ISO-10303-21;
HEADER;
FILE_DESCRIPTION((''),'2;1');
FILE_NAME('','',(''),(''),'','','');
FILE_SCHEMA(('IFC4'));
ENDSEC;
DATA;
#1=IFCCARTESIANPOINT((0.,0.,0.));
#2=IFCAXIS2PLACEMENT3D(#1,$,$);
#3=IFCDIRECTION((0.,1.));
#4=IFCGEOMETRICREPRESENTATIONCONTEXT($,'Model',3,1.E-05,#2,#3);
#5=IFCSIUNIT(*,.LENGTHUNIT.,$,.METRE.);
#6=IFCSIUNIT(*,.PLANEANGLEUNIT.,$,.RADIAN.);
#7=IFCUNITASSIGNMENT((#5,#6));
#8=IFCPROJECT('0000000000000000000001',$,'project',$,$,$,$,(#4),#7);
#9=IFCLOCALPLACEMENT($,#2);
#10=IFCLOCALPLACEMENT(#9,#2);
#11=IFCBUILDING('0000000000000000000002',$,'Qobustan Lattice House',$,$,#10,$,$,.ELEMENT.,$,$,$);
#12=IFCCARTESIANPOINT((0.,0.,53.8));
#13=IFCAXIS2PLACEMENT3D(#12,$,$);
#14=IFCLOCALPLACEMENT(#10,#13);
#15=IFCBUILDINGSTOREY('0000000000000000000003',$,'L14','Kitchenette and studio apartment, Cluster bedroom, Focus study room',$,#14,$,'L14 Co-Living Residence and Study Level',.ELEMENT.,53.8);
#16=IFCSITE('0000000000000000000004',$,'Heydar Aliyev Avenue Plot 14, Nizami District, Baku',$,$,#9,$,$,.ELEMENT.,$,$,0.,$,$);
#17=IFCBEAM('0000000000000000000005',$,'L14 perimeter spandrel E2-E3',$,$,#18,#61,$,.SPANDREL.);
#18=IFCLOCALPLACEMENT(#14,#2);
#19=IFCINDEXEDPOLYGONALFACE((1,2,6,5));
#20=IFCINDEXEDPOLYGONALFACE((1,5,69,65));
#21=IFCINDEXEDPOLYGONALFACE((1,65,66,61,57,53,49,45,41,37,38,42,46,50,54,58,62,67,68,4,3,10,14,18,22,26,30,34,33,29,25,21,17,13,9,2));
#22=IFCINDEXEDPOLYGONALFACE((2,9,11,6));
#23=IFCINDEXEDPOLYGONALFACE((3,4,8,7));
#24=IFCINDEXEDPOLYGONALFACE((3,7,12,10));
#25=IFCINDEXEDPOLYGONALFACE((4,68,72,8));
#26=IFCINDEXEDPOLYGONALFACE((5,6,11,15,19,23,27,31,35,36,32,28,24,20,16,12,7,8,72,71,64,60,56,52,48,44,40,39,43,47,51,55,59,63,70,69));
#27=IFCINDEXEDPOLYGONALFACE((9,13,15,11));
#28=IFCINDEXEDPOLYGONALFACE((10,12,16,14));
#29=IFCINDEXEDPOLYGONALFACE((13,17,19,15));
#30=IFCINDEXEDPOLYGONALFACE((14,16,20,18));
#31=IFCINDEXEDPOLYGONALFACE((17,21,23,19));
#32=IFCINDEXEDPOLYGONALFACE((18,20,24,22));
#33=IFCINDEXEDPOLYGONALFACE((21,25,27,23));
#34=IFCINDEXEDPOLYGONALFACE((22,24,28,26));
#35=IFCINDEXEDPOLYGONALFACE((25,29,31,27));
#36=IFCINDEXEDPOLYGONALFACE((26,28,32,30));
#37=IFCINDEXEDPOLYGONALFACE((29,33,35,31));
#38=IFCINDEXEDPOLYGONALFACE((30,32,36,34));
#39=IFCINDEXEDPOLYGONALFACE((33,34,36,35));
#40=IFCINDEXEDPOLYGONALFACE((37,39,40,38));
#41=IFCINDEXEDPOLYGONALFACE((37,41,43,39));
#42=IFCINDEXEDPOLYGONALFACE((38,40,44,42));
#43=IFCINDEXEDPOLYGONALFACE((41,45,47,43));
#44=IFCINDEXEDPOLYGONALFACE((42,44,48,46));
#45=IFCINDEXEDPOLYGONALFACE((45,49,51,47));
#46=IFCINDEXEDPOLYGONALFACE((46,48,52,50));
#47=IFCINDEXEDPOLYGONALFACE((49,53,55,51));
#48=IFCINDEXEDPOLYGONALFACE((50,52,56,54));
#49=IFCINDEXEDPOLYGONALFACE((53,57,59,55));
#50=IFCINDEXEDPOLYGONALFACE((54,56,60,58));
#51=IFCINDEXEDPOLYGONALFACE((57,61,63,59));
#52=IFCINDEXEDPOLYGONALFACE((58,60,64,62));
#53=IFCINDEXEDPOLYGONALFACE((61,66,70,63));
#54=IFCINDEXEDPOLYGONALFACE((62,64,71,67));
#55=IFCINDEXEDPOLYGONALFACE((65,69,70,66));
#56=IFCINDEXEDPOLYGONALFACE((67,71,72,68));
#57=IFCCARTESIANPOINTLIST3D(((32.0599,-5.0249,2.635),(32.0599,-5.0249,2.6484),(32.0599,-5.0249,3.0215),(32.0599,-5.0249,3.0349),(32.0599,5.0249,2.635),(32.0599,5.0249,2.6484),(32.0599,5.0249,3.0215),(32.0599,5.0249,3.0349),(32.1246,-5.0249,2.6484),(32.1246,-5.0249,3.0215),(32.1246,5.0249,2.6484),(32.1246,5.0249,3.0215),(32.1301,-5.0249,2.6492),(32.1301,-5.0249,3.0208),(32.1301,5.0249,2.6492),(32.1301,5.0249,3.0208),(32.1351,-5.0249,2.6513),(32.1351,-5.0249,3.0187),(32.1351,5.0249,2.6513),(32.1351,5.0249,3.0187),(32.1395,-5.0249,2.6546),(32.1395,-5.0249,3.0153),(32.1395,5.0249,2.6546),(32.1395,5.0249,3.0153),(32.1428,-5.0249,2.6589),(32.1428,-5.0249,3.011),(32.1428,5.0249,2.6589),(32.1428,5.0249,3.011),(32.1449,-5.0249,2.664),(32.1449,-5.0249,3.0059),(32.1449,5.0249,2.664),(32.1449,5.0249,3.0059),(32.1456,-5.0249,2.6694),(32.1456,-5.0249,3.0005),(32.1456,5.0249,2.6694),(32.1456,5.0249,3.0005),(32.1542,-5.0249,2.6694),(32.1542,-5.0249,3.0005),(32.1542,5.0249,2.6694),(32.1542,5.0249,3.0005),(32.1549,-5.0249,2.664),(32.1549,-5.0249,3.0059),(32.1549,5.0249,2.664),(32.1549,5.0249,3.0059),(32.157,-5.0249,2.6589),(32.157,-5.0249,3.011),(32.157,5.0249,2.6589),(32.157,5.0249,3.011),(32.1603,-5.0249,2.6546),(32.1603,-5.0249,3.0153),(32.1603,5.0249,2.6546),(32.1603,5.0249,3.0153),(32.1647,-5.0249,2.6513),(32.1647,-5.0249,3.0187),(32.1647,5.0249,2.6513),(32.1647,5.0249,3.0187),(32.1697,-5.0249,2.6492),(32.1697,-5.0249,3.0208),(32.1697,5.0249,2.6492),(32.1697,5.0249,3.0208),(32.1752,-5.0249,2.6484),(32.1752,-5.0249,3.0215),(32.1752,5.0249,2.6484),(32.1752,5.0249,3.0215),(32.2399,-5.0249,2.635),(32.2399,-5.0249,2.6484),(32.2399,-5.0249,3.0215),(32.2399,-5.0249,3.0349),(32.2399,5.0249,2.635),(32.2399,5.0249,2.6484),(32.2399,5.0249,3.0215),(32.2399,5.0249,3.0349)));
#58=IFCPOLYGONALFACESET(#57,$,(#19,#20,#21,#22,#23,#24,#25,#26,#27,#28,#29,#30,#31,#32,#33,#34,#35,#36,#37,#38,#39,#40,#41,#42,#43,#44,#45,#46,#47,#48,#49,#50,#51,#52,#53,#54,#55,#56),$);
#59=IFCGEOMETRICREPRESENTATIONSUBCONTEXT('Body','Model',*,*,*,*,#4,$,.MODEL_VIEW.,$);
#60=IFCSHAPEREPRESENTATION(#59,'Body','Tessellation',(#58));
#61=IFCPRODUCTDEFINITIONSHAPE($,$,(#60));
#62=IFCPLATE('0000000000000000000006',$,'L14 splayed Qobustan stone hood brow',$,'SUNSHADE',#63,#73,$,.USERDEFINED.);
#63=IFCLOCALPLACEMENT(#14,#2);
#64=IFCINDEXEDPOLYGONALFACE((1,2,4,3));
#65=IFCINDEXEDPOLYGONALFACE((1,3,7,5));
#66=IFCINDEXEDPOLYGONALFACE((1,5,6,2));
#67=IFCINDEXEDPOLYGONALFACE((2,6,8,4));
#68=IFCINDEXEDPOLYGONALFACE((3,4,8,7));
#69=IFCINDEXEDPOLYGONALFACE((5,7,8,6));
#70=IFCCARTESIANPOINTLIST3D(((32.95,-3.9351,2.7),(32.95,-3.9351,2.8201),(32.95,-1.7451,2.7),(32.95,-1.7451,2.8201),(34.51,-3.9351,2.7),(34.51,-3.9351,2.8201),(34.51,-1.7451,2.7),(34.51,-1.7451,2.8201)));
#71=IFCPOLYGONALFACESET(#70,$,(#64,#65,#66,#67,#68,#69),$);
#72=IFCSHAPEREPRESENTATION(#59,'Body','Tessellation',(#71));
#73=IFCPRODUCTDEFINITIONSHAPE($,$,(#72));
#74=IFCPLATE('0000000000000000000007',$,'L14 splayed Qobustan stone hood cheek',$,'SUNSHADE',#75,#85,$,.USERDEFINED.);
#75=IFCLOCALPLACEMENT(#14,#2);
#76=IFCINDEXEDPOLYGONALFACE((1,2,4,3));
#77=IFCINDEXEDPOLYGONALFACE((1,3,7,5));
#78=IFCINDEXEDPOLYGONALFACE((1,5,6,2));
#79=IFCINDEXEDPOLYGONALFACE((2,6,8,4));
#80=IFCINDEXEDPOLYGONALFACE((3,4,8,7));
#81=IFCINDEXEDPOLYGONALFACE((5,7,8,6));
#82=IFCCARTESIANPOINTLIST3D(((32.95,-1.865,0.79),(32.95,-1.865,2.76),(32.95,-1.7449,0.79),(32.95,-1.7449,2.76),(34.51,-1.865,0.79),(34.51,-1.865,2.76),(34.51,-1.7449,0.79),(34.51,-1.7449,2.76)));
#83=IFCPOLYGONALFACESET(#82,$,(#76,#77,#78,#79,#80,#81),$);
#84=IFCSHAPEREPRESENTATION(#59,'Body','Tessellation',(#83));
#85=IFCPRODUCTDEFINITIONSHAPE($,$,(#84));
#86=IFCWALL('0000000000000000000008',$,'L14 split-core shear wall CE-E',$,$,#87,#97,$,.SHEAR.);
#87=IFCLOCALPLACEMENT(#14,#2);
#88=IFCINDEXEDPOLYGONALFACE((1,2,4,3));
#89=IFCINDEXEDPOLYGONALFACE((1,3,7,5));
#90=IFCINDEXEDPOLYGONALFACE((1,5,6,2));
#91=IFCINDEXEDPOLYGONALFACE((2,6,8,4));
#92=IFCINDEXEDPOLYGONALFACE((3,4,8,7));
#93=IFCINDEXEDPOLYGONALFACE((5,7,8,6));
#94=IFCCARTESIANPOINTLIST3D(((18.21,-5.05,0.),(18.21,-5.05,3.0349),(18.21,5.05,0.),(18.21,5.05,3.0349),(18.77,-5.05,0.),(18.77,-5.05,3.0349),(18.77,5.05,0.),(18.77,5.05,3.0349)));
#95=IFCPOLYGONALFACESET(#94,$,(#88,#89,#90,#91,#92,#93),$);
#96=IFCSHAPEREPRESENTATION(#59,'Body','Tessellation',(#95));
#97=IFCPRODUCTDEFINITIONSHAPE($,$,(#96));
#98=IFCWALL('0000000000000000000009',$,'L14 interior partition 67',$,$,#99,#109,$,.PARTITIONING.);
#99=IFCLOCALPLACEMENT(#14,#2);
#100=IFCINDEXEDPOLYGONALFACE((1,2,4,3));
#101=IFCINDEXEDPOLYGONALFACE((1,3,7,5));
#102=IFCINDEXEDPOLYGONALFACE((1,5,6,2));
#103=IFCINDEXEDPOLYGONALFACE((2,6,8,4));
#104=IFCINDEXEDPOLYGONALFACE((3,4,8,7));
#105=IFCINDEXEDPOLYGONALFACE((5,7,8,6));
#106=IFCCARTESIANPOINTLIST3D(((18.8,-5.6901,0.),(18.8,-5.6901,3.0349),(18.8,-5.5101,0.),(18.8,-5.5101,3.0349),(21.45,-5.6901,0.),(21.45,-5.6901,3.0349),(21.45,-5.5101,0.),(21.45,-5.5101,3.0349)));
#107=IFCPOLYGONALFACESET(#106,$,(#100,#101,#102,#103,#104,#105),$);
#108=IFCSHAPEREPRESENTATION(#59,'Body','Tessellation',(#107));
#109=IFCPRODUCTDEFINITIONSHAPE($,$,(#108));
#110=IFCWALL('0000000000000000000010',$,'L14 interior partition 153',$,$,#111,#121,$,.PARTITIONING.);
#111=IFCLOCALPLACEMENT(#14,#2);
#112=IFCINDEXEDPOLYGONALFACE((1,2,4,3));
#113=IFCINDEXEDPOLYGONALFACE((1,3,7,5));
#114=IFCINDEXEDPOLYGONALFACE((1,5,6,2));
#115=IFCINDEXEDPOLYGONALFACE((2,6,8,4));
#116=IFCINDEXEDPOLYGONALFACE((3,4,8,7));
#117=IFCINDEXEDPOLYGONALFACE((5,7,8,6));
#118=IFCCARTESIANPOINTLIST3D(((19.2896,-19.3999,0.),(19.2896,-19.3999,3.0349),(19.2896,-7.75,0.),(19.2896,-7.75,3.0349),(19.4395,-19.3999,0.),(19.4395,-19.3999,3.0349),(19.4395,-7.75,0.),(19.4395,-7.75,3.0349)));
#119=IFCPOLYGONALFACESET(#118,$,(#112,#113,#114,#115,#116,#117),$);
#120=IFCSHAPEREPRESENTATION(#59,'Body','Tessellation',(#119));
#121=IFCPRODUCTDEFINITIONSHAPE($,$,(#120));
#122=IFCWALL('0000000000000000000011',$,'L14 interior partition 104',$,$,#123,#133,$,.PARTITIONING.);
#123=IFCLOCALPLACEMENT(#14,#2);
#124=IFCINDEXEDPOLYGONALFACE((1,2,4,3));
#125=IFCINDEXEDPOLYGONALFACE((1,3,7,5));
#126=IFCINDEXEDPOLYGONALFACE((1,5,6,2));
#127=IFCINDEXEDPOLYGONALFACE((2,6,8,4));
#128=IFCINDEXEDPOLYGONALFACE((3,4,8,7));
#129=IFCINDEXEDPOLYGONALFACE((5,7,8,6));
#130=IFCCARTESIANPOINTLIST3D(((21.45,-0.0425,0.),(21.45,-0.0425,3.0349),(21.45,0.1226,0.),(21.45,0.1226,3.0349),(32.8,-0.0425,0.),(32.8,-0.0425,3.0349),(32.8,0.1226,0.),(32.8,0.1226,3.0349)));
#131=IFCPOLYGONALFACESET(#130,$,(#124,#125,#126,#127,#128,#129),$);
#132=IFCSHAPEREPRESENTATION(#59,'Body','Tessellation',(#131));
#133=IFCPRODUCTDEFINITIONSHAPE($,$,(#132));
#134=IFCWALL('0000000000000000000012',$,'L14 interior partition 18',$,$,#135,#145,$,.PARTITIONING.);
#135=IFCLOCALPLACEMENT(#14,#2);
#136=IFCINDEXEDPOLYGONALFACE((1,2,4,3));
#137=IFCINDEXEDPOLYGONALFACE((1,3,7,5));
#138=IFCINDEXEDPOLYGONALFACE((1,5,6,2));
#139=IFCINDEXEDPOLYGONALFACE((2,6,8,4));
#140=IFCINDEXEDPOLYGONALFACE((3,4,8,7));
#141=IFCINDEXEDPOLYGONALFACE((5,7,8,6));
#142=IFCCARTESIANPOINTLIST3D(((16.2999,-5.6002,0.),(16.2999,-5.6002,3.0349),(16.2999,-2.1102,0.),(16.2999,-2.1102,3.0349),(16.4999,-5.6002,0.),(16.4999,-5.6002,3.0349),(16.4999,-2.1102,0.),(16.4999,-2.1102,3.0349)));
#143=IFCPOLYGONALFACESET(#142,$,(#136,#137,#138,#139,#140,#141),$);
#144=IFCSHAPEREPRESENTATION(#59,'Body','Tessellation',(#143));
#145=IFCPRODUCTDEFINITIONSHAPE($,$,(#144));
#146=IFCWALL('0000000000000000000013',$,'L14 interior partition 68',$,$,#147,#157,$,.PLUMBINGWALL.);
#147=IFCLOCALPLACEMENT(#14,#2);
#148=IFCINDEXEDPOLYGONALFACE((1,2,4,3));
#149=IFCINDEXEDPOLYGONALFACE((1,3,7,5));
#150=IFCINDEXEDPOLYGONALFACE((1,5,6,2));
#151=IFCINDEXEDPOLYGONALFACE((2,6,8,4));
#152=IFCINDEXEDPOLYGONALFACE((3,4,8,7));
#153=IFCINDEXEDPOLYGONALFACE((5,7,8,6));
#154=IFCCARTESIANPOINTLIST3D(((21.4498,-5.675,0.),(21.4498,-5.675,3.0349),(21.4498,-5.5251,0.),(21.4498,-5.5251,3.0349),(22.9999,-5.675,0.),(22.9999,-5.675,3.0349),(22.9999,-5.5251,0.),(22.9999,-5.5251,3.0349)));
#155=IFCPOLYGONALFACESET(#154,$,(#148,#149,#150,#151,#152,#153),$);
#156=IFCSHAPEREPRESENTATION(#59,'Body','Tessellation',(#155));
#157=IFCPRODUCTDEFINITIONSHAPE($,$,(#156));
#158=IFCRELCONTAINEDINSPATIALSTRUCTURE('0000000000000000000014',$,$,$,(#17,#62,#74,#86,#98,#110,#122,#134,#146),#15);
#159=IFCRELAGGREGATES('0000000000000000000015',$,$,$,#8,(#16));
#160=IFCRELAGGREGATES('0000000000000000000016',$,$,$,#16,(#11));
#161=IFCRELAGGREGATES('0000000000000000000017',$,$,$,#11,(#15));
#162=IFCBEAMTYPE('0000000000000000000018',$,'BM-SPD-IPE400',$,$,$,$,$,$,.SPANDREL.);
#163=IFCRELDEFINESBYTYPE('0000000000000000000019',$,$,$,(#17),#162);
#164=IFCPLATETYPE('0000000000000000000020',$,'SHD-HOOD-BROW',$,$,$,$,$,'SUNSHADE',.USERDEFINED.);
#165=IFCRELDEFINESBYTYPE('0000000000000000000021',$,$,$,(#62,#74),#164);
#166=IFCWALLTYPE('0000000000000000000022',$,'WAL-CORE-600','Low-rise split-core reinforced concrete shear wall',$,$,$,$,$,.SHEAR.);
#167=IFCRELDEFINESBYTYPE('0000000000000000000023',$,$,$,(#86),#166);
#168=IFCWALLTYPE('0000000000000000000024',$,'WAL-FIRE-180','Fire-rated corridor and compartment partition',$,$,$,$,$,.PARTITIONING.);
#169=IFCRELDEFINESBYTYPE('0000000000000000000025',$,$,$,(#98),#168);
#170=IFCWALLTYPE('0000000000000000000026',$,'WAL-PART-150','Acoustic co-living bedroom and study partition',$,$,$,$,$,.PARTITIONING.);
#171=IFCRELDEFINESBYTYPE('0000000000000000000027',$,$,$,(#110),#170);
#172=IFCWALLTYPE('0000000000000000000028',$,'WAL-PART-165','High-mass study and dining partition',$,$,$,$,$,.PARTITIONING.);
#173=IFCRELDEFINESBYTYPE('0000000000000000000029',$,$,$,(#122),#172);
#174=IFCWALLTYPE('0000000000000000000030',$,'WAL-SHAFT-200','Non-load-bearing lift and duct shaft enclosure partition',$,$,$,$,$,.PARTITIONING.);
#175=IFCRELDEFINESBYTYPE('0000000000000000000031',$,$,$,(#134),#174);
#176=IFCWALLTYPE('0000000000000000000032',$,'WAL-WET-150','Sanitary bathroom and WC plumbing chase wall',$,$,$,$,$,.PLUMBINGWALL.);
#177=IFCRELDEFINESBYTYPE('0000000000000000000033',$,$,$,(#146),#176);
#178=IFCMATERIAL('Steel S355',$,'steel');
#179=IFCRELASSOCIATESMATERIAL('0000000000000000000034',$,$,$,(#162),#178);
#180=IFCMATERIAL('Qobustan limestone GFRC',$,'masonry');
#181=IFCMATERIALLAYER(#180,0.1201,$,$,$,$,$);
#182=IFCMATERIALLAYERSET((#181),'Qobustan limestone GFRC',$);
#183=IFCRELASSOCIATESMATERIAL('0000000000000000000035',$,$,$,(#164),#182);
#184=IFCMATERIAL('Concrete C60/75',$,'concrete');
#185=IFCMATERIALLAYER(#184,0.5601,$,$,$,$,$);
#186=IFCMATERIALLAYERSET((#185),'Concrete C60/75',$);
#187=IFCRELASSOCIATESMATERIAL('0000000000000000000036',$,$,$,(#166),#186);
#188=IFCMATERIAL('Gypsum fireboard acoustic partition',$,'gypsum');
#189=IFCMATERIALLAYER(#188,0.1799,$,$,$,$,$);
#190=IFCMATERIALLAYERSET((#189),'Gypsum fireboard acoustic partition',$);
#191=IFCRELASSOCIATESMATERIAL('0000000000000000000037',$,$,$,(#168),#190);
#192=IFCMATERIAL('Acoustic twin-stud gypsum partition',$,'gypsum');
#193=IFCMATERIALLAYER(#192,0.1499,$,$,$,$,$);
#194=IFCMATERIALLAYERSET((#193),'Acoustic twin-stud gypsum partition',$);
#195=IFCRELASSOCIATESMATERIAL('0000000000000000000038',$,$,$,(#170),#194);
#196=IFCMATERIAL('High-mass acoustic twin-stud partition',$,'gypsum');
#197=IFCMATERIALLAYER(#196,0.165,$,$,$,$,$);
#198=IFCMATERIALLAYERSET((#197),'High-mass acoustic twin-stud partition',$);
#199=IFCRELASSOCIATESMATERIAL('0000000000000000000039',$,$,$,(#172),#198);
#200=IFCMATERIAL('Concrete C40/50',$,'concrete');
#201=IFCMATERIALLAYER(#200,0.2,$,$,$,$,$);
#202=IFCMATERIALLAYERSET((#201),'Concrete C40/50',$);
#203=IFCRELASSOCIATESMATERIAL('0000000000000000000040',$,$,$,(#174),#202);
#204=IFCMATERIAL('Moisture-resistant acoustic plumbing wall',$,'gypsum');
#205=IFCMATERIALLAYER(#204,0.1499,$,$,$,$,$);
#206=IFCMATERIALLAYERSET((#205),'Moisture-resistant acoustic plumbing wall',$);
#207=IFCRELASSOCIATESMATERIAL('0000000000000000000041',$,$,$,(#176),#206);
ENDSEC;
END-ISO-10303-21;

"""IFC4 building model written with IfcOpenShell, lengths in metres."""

from ifc_helpers import new_model, si_unit, direction, frame, frame_2d, origin, origin_2d, place, context, subcontext, project, spatial, rectangle, i_section, extrude, material, layer, layer_set, material_profile, profile_set, type_object, element, save


model = new_model("IFC4")

# Units and contexts
model_context = context("Model", 3, precision=1e-05, world=origin(), true_north=direction((0.0, 1.0)))
body_context = subcontext(model_context, "Body", "Model", "MODEL_VIEW")
ifc_project = project(units=[si_unit("LENGTHUNIT", "METRE"), si_unit("PLANEANGLEUNIT", "RADIAN")], contexts=[model_context])

# Site, building, storey
site_placement = place(None, origin())
site = spatial("IfcSite", under=ifc_project, at=site_placement, Name="Heydar Aliyev Avenue Plot 14, Nizami District, Baku", CompositionType="ELEMENT", RefElevation=0.0)
building_placement = place(site_placement, origin())
building = spatial("IfcBuilding", under=site, at=building_placement, Name="Qobustan Lattice House", CompositionType="ELEMENT")
storey_placement = place(building_placement, frame((0.0, 0.0, 53.8)))
storey = spatial("IfcBuildingStorey", under=building, at=storey_placement, Name="L14", Description="Kitchenette and studio apartment, Cluster bedroom, Focus study room", LongName="L14 Co-Living Residence and Study Level", CompositionType="ELEMENT", Elevation=53.8)

# Beam
ifc_material_1 = material(Name="Steel S355", Category="steel")
ifc_material_profile_1 = material_profile(ifc_material_1, i_section(OverallWidth=0.1799, OverallDepth=0.3999, WebThickness=0.0085, FlangeThickness=0.0134, FilletRadius=0.021, at=origin_2d()), Name="IPE400")
ifc_profile_set_1 = profile_set([ifc_material_profile_1], Name="Steel S355")
beam_type_1 = type_object("IfcBeamType", Name="BM-SPD-IPE400", PredefinedType="SPANDREL", material=ifc_profile_set_1)
beam_1_placement = place(storey_placement, frame((32.1499, -5.0249, 2.835), z_axis=(0.0, 1.0, 0.0), x_axis=(-1.0, 0.0, 0.0)))
element("IfcBeam", 1, at=beam_1_placement, inside=storey, type_object=beam_type_1, Name="L14 perimeter spandrel E2-E3", PredefinedType="SPANDREL", context=body_context, shape_type="SweptSolid", body=[
    extrude(i_section(OverallWidth=0.1799, OverallDepth=0.3999, WebThickness=0.0085, FlangeThickness=0.0134, FilletRadius=0.021, at=origin_2d()), origin(), (0.0, 0.0, 1.0), 10.0498),
])

# Plates
ifc_material_2 = material(Name="Qobustan limestone GFRC", Category="masonry")
ifc_layer_1 = layer(ifc_material_2, 0.1201)
ifc_layer_set_1 = layer_set([ifc_layer_1], Name="Qobustan limestone GFRC")
plate_type = type_object("IfcPlateType", Name="SHD-HOOD-BROW", ElementType="SUNSHADE", PredefinedType="USERDEFINED", material=ifc_layer_set_1)
plate_1_placement = place(storey_placement, frame((33.73, -2.8401, 2.7), z_axis=(0.0, 0.0, 1.0), x_axis=(0.0, -1.0, 0.0)))
element("IfcPlate", 2, at=plate_1_placement, inside=storey, type_object=plate_type, Name="L14 splayed Qobustan stone hood brow", ObjectType="SUNSHADE", PredefinedType="USERDEFINED", context=body_context, shape_type="SweptSolid", body=[
    extrude(rectangle(XDim=2.1899, YDim=1.5601, at=origin_2d()), origin(), (0.0, 0.0, 1.0), 0.1201),
])
plate_2_placement = place(storey_placement, frame((33.73, -1.8049, 0.79), z_axis=(0.0, 0.0, 1.0), x_axis=(0.0, -1.0, 0.0)))
element("IfcPlate", 3, at=plate_2_placement, inside=storey, type_object=plate_type, Name="L14 splayed Qobustan stone hood cheek", ObjectType="SUNSHADE", PredefinedType="USERDEFINED", context=body_context, shape_type="SweptSolid", body=[
    extrude(rectangle(XDim=0.1201, YDim=1.5601, at=origin_2d()), origin(), (0.0, 0.0, 1.0), 1.97),
])

# Walls
ifc_material_3 = material(Name="Concrete C60/75", Category="concrete")
ifc_layer_2 = layer(ifc_material_3, 0.5601)
ifc_layer_set_2 = layer_set([ifc_layer_2], Name="Concrete C60/75")
wall_type_1 = type_object("IfcWallType", Name="WAL-CORE-600", Description="Low-rise split-core reinforced concrete shear wall", PredefinedType="SHEAR", material=ifc_layer_set_2)
wall_1_placement = place(storey_placement, frame((18.49, -5.05, 0.0), z_axis=(0.0, 0.0, 1.0), x_axis=(0.0, 1.0, 0.0)))
element("IfcWall", 4, at=wall_1_placement, inside=storey, type_object=wall_type_1, Name="L14 split-core shear wall CE-E", PredefinedType="SHEAR", context=body_context, shape_type="SweptSolid", body=[
    extrude(rectangle(XDim=10.1001, YDim=0.5601, at=frame_2d((5.05, 0.0))), origin(), (0.0, 0.0, 1.0), 3.0349),
])
ifc_material_4 = material(Name="Gypsum fireboard acoustic partition", Category="gypsum")
ifc_layer_3 = layer(ifc_material_4, 0.1799)
ifc_layer_set_3 = layer_set([ifc_layer_3], Name="Gypsum fireboard acoustic partition")
wall_type_2 = type_object("IfcWallType", Name="WAL-FIRE-180", Description="Fire-rated corridor and compartment partition", PredefinedType="PARTITIONING", material=ifc_layer_set_3)
wall_2_placement = place(storey_placement, frame((18.8, -5.6001, 0.0), z_axis=(0.0, 0.0, 1.0), x_axis=(1.0, 0.0, 0.0)))
element("IfcWall", 5, at=wall_2_placement, inside=storey, type_object=wall_type_2, Name="L14 interior partition 67", PredefinedType="PARTITIONING", context=body_context, shape_type="SweptSolid", body=[
    extrude(rectangle(XDim=2.6499, YDim=0.1799, at=frame_2d((1.325, 0.0))), origin(), (0.0, 0.0, 1.0), 3.0349),
])

# Shared definitions
ifc_material_5 = material(Name="Acoustic twin-stud gypsum partition", Category="gypsum")
ifc_layer_4 = layer(ifc_material_5, 0.1499)
ifc_layer_set_4 = layer_set([ifc_layer_4], Name="Acoustic twin-stud gypsum partition")
wall_type_3 = type_object("IfcWallType", Name="WAL-PART-150", Description="Acoustic co-living bedroom and study partition", PredefinedType="PARTITIONING", material=ifc_layer_set_4)

# Wall
wall_3_placement = place(storey_placement, frame((19.3645, -7.75, 0.0), z_axis=(0.0, 0.0, 1.0), x_axis=(0.0, -1.0, 0.0)))
element("IfcWall", 6, at=wall_3_placement, inside=storey, type_object=wall_type_3, Name="L14 interior partition 153", PredefinedType="PARTITIONING", context=body_context, shape_type="SweptSolid", body=[
    extrude(rectangle(XDim=11.6499, YDim=0.1499, at=frame_2d((5.825, 0.0))), origin(), (0.0, 0.0, 1.0), 3.0349),
])

# Shared definitions
ifc_material_6 = material(Name="High-mass acoustic twin-stud partition", Category="gypsum")
ifc_layer_5 = layer(ifc_material_6, 0.165)
ifc_layer_set_5 = layer_set([ifc_layer_5], Name="High-mass acoustic twin-stud partition")
wall_type_4 = type_object("IfcWallType", Name="WAL-PART-165", Description="High-mass study and dining partition", PredefinedType="PARTITIONING", material=ifc_layer_set_5)

# Walls
wall_4_placement = place(storey_placement, frame((21.45, 0.04, 0.0), z_axis=(0.0, 0.0, 1.0), x_axis=(1.0, 0.0, 0.0)))
element("IfcWall", 7, at=wall_4_placement, inside=storey, type_object=wall_type_4, Name="L14 interior partition 104", PredefinedType="PARTITIONING", context=body_context, shape_type="SweptSolid", body=[
    extrude(rectangle(XDim=11.3501, YDim=0.165, at=frame_2d((5.675, 0.0))), origin(), (0.0, 0.0, 1.0), 3.0349),
])
ifc_material_7 = material(Name="Concrete C40/50", Category="concrete")
ifc_layer_6 = layer(ifc_material_7, 0.2)
ifc_layer_set_6 = layer_set([ifc_layer_6], Name="Concrete C40/50")
wall_type_5 = type_object("IfcWallType", Name="WAL-SHAFT-200", Description="Non-load-bearing lift and duct shaft enclosure partition", PredefinedType="PARTITIONING", material=ifc_layer_set_6)
wall_5_placement = place(storey_placement, frame((16.3999, -2.1101, 0.0), z_axis=(0.0, 0.0, 1.0), x_axis=(0.0, -1.0, 0.0)))
element("IfcWall", 8, at=wall_5_placement, inside=storey, type_object=wall_type_5, Name="L14 interior partition 18", PredefinedType="PARTITIONING", context=body_context, shape_type="SweptSolid", body=[
    extrude(rectangle(XDim=3.49, YDim=0.2, at=frame_2d((1.7451, 0.0))), origin(), (0.0, 0.0, 1.0), 3.0349),
])
ifc_material_8 = material(Name="Moisture-resistant acoustic plumbing wall", Category="gypsum")
ifc_layer_7 = layer(ifc_material_8, 0.1499)
ifc_layer_set_7 = layer_set([ifc_layer_7], Name="Moisture-resistant acoustic plumbing wall")
wall_type_6 = type_object("IfcWallType", Name="WAL-WET-150", Description="Sanitary bathroom and WC plumbing chase wall", PredefinedType="PLUMBINGWALL", material=ifc_layer_set_7)
wall_6_placement = place(storey_placement, frame((21.45, -5.6001, 0.0), z_axis=(0.0, 0.0, 1.0), x_axis=(1.0, 0.0, 0.0)))
element("IfcWall", 9, at=wall_6_placement, inside=storey, type_object=wall_type_6, Name="L14 interior partition 68", PredefinedType="PLUMBINGWALL", context=body_context, shape_type="SweptSolid", body=[
    extrude(rectangle(XDim=1.55, YDim=0.1499, at=frame_2d((0.7749, 0.0))), origin(), (0.0, 0.0, 1.0), 3.0349),
])

save(model, "model.ifc")
